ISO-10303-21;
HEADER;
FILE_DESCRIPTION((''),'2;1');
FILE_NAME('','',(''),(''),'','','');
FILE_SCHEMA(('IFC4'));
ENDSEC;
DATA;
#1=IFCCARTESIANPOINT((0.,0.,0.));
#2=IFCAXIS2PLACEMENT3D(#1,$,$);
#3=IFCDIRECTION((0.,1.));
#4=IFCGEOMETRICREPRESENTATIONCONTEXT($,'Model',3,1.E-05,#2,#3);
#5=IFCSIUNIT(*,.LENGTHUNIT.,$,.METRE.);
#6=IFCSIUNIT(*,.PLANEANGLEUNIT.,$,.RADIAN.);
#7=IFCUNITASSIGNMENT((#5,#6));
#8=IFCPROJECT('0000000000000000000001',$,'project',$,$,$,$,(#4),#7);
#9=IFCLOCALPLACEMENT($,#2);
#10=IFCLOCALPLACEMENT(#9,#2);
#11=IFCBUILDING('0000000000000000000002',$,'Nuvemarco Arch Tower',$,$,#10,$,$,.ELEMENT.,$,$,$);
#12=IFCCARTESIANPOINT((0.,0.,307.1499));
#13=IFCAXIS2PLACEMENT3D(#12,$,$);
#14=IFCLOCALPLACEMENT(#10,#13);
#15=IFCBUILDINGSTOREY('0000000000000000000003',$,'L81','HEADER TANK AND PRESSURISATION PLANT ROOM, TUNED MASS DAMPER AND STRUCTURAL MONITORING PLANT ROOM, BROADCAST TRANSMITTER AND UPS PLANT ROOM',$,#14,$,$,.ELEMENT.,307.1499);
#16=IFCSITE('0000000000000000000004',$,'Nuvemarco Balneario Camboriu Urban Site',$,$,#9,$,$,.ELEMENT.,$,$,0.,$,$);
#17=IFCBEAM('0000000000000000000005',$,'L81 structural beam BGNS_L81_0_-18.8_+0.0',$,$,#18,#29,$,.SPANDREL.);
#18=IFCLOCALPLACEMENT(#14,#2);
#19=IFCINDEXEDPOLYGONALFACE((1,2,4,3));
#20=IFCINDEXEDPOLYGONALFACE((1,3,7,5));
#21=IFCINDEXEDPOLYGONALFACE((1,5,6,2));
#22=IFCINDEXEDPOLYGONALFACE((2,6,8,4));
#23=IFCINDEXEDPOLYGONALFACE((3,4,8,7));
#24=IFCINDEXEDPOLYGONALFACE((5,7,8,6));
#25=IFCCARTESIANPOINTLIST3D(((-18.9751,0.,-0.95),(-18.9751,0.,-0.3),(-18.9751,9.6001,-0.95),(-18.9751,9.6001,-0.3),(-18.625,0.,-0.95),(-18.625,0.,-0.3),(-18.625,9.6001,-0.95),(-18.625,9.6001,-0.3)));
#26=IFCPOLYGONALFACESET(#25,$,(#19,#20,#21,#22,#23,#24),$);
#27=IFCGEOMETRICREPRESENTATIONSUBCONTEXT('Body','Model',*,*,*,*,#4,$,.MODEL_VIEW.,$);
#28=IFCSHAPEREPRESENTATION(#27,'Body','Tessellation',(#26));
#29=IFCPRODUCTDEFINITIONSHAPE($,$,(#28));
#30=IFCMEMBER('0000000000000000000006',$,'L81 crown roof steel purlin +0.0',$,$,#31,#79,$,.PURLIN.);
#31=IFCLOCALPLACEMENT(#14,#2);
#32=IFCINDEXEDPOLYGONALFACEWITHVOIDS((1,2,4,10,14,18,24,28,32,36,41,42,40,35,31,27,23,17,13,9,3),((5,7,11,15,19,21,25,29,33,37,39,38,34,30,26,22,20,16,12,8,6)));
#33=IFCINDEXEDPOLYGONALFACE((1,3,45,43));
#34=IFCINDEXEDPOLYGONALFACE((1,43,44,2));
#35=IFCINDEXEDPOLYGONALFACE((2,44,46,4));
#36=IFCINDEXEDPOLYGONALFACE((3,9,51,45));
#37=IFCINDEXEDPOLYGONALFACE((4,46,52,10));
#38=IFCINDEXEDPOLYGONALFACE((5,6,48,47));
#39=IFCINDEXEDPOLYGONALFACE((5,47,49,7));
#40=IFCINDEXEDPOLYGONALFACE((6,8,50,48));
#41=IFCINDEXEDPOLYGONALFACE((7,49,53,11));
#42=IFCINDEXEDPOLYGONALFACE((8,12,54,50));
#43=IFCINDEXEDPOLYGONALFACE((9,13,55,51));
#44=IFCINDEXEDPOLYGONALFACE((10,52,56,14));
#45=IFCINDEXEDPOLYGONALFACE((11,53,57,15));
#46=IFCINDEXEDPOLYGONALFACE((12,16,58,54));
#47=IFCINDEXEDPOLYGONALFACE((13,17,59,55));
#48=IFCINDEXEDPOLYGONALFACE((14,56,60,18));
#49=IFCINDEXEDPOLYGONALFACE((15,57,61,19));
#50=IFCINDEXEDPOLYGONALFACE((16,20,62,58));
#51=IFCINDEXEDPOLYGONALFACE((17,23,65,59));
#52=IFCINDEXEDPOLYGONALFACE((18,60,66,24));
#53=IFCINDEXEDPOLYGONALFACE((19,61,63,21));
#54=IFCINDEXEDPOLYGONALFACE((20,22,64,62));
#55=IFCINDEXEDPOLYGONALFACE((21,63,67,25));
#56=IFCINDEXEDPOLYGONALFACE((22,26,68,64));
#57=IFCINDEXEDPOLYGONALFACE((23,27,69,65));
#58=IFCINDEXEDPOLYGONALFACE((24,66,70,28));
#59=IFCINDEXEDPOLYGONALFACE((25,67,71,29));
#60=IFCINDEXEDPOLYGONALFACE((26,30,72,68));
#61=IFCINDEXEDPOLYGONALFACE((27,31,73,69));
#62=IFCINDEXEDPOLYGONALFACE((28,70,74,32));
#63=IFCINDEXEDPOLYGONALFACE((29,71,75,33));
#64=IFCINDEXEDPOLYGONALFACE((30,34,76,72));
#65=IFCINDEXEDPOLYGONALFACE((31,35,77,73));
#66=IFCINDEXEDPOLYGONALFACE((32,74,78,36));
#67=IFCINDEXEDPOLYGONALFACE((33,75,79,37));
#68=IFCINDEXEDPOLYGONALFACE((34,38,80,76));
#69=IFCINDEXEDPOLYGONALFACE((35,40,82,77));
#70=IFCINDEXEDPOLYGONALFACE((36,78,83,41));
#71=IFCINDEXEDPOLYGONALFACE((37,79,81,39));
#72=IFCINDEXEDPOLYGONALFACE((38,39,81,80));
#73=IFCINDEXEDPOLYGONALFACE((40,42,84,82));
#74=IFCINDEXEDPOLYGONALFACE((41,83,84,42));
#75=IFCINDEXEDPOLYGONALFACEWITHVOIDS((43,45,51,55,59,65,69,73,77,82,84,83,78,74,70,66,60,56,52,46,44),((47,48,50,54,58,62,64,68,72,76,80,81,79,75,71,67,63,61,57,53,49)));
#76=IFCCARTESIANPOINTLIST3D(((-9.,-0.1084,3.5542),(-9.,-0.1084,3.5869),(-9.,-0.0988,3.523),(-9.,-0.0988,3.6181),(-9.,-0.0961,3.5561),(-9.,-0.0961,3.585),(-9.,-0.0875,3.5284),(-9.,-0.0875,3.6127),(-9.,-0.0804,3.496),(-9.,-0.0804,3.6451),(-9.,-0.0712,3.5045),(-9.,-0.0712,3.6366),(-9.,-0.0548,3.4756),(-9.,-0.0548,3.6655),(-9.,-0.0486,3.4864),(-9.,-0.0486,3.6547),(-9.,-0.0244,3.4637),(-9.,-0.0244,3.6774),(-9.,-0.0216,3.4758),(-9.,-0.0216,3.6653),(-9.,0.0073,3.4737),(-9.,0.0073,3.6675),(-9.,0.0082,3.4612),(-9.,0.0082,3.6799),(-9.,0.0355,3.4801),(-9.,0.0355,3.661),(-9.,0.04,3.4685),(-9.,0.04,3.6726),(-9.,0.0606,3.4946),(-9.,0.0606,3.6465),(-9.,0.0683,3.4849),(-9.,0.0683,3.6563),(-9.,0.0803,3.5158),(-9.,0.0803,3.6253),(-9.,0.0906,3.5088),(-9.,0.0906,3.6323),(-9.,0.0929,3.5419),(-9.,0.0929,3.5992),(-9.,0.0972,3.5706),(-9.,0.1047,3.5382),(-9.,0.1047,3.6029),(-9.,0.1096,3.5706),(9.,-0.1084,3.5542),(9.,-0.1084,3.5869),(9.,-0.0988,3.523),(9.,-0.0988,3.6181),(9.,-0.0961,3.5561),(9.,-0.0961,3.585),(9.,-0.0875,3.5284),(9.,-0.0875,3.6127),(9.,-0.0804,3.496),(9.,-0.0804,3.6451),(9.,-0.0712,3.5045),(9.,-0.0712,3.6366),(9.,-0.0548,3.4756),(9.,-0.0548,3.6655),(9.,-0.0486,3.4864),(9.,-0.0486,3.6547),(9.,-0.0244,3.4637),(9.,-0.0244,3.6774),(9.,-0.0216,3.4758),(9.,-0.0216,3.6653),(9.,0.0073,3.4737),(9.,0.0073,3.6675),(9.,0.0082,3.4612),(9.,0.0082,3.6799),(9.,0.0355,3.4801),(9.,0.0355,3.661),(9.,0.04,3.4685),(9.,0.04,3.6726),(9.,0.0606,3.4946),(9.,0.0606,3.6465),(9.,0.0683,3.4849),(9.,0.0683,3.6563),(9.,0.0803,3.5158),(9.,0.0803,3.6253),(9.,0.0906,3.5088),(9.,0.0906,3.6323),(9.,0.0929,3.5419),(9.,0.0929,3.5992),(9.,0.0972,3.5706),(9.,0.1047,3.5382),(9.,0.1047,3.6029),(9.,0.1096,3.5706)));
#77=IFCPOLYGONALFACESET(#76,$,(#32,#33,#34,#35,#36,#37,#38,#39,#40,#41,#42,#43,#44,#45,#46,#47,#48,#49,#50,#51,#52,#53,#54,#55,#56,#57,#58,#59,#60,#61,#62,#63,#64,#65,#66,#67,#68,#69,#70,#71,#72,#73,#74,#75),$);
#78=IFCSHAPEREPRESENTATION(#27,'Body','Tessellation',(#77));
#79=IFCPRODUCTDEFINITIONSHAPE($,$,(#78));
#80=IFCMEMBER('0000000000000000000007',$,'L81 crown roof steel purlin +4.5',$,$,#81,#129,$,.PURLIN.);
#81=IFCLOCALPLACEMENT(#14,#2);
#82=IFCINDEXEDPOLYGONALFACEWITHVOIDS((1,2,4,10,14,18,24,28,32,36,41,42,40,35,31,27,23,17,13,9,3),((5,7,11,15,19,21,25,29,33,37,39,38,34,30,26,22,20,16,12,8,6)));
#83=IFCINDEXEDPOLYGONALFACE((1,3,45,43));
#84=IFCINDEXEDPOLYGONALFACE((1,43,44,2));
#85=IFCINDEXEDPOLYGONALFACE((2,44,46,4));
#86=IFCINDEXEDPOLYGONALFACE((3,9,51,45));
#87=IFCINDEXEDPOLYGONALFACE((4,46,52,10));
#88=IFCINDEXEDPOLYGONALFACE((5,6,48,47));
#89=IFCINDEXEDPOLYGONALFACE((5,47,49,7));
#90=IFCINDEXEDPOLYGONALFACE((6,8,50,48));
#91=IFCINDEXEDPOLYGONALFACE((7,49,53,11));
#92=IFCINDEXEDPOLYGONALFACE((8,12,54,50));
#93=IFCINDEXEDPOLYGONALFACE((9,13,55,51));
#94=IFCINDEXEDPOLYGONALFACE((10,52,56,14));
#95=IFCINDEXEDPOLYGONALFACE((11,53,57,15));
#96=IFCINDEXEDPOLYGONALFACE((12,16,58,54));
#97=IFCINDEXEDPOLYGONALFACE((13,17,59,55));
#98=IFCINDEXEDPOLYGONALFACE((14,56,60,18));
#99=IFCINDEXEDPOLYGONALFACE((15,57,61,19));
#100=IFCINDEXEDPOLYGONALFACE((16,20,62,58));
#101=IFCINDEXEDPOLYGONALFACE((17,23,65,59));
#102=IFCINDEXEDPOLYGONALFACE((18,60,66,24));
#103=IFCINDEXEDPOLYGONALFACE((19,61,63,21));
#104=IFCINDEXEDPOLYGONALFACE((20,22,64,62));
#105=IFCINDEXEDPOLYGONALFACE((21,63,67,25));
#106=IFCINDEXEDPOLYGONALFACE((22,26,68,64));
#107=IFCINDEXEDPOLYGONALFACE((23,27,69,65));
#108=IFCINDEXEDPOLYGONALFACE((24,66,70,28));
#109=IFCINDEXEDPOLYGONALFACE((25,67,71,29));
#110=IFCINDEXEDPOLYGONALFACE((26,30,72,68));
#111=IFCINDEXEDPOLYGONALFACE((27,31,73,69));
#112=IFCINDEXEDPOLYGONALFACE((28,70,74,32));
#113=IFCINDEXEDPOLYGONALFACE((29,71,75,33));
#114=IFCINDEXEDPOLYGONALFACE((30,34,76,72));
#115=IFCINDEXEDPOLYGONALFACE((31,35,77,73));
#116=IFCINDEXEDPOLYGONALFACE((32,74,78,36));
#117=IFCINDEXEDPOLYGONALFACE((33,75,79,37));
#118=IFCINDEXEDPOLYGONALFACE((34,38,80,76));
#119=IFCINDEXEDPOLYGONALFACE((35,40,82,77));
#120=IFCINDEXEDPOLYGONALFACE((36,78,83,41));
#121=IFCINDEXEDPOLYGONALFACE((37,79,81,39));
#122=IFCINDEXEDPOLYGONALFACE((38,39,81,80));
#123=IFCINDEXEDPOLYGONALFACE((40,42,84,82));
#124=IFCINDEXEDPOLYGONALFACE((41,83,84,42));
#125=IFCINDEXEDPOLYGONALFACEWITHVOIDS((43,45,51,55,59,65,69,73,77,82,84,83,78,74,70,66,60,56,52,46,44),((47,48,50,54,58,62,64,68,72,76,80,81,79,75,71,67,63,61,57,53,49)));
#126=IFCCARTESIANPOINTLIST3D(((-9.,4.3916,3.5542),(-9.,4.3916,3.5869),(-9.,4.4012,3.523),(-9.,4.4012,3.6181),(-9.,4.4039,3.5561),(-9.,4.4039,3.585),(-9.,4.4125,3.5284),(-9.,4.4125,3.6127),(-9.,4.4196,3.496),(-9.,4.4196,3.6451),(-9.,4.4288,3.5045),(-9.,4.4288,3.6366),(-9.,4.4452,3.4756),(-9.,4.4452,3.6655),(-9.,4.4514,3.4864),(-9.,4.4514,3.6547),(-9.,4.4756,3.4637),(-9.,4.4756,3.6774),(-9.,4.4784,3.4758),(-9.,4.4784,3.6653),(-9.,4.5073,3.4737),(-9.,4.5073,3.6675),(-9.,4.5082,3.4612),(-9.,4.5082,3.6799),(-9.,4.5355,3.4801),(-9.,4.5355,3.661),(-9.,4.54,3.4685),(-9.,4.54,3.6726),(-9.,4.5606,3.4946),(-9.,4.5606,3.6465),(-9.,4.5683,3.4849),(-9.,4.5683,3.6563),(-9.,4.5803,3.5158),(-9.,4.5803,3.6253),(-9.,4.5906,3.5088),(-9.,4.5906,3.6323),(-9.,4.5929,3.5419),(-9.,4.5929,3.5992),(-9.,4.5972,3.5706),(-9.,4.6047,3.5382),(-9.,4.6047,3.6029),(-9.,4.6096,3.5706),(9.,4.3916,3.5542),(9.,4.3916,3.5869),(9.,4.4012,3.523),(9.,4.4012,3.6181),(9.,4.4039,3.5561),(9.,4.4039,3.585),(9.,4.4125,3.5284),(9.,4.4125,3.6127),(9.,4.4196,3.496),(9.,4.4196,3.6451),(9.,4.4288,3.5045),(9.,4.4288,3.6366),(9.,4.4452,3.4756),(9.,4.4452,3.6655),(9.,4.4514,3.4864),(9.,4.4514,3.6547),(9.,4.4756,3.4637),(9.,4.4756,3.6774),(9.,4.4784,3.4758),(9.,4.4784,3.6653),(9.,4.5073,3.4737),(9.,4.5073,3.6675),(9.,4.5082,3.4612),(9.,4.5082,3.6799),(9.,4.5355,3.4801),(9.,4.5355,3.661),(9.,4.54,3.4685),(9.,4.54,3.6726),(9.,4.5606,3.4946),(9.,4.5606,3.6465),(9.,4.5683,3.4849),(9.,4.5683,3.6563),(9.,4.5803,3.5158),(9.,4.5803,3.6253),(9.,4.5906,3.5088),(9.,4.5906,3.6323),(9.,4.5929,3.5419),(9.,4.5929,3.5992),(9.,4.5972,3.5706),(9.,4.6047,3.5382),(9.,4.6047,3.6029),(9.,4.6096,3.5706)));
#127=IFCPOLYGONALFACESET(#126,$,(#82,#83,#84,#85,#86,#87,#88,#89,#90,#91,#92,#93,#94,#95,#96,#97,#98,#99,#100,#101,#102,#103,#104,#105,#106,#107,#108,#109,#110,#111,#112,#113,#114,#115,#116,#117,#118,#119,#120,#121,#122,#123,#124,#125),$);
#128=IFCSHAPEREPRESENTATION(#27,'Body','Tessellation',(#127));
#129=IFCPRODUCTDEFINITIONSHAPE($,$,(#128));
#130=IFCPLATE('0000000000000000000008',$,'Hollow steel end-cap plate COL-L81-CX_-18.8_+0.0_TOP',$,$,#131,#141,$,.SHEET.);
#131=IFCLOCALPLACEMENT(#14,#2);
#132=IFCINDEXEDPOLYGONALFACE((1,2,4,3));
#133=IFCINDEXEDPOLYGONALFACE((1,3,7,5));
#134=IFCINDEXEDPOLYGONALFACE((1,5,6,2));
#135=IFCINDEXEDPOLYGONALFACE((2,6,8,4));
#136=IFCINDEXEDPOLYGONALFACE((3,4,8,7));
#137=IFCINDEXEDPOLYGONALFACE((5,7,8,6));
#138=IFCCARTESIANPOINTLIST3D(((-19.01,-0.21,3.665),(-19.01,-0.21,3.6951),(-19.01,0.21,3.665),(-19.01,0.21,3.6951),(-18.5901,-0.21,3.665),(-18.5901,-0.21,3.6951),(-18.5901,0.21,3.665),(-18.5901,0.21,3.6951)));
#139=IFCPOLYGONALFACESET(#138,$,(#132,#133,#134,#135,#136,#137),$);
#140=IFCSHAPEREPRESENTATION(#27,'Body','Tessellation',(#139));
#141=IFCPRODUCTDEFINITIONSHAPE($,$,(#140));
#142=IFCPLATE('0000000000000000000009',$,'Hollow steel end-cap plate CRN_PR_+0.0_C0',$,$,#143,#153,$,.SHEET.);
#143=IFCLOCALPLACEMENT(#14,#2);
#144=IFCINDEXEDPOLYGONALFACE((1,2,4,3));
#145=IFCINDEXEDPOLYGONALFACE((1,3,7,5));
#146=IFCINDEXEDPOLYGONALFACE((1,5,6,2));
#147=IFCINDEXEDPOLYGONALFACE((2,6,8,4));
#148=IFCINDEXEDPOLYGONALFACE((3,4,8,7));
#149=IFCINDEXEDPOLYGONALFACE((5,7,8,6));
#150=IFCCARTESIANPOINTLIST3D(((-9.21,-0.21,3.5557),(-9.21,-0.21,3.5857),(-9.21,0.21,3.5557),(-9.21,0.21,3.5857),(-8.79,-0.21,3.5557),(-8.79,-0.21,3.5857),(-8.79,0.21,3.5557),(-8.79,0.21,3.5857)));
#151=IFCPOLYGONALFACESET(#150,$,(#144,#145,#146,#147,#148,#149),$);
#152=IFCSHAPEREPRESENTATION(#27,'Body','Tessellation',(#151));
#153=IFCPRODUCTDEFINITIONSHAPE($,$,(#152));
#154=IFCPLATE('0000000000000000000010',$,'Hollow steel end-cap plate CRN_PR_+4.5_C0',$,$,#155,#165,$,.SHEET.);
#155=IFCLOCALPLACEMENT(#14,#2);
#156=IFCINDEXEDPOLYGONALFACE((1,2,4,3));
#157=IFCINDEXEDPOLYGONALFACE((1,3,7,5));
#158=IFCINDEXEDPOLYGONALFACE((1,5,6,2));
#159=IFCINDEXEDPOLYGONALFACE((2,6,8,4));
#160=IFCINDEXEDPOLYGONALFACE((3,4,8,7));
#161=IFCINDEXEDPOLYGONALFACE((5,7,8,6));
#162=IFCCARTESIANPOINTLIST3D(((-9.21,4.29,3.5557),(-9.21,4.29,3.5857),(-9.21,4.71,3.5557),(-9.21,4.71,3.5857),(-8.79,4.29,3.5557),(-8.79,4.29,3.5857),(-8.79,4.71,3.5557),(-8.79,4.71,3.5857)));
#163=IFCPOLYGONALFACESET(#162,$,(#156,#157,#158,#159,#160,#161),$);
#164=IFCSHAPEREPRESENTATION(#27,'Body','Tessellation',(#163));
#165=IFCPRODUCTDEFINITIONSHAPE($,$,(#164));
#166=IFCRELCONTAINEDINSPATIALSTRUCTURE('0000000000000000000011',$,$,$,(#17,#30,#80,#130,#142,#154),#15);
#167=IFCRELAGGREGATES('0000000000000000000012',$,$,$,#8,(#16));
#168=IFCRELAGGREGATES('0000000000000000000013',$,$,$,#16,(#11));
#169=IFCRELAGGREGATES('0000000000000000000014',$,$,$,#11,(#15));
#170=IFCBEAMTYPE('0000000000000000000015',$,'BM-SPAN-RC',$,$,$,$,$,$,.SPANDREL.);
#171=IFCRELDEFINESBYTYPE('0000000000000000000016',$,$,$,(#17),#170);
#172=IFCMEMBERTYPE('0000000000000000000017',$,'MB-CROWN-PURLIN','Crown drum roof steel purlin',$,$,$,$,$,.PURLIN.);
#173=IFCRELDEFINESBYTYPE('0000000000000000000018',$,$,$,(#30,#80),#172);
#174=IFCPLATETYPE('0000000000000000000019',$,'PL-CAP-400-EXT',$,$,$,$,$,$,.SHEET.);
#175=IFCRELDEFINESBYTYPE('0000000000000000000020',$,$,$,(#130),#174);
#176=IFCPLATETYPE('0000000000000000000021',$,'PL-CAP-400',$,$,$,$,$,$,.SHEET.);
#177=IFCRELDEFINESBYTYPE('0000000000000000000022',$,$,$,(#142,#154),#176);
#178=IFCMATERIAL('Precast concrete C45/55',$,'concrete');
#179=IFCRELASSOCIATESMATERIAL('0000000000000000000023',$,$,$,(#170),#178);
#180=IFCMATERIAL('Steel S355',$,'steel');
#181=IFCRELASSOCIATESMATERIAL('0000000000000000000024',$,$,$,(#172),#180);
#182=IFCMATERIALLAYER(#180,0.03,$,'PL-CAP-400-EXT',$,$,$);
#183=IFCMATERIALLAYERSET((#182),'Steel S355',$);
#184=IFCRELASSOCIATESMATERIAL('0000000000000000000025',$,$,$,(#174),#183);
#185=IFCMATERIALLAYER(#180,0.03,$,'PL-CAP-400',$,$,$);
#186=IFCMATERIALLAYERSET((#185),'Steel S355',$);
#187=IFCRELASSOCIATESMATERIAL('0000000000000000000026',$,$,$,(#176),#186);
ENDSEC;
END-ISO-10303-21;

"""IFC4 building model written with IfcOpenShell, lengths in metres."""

from ifc_helpers import new_model, si_unit, direction, frame, origin, origin_2d, place, context, subcontext, project, spatial, rectangle, hollow_circle, extrude, source, transform, mapped, material, layer, layer_set, material_profile, profile_set, type_object, type_shapes, element, save


model = new_model("IFC4")

# Units and contexts
model_context = context("Model", 3, precision=1e-05, world=origin(), true_north=direction((0.0, 1.0)))
body_context = subcontext(model_context, "Body", "Model", "MODEL_VIEW")
ifc_project = project(units=[si_unit("LENGTHUNIT", "METRE"), si_unit("PLANEANGLEUNIT", "RADIAN")], contexts=[model_context])

# Site, building, storey
site_placement = place(None, origin())
site = spatial("IfcSite", under=ifc_project, at=site_placement, Name="Nuvemarco Balneario Camboriu Urban Site", CompositionType="ELEMENT", RefElevation=0.0)
building_placement = place(site_placement, origin())
building = spatial("IfcBuilding", under=site, at=building_placement, Name="Nuvemarco Arch Tower", CompositionType="ELEMENT")
storey_placement = place(building_placement, frame((0.0, 0.0, 307.1499)))
storey = spatial("IfcBuildingStorey", under=building, at=storey_placement, Name="L81", Description="HEADER TANK AND PRESSURISATION PLANT ROOM, TUNED MASS DAMPER AND STRUCTURAL MONITORING PLANT ROOM, BROADCAST TRANSMITTER AND UPS PLANT ROOM", CompositionType="ELEMENT", Elevation=307.1499)

# Shared definitions
ifc_material_1 = material(Name="Steel S355", Category="steel")

# Beam
ifc_material_2 = material(Name="Precast concrete C45/55", Category="concrete")
ifc_material_profile_1 = material_profile(ifc_material_2, rectangle(XDim=0.3501, YDim=0.6499, at=origin_2d()), Name="PC-SP-350x650")
ifc_profile_set_1 = profile_set([ifc_material_profile_1], Name="Precast concrete C45/55")
beam_type_1 = type_object("IfcBeamType", Name="BM-SPAN-RC", PredefinedType="SPANDREL", material=ifc_profile_set_1)
beam_1_placement = place(storey_placement, frame((-18.8, 0.0, -0.625), z_axis=(0.0, 1.0, 0.0), x_axis=(-1.0, 0.0, 0.0)))
element("IfcBeam", 1, at=beam_1_placement, inside=storey, type_object=beam_type_1, Name="L81 structural beam BGNS_L81_0_-18.8_+0.0", PredefinedType="SPANDREL", context=body_context, shape_type="SweptSolid", body=[
    extrude(rectangle(XDim=0.3501, YDim=0.6499, at=origin_2d()), origin(), (0.0, 0.0, 1.0), 9.6001),
])

# Members
ifc_material_profile_2 = material_profile(ifc_material_1, hollow_circle(Radius=0.1096, WallThickness=0.0125, at=origin_2d()), Name="CHS219.1x12.5")
ifc_profile_set_2 = profile_set([ifc_material_profile_2], Name="Steel S355")
member_type = type_object("IfcMemberType", Name="MB-CROWN-PURLIN", Description="Crown drum roof steel purlin", PredefinedType="PURLIN", material=ifc_profile_set_2)
for number, where, z_axis, x_axis, name in (
    (2, (-9.0, 0.0, 3.5706), (1.0, 0.0, 0.0), (0.0, 1.0, 0.0), "L81 crown roof steel purlin +0.0"),
    (3, (-9.0, 4.5, 3.5706), (1.0, 0.0, 0.0), (0.0, 1.0, 0.0), "L81 crown roof steel purlin +4.5"),
):
    element("IfcMember", number, at=place(storey_placement, frame(where, z_axis=z_axis, x_axis=x_axis)), inside=storey, type_object=member_type, Name=name, PredefinedType="PURLIN", context=body_context, shape_type="SweptSolid", body=[
        extrude(hollow_circle(Radius=0.1096, WallThickness=0.0125, at=origin_2d()), origin(), (0.0, 0.0, 1.0), 18.0),
    ])

# Plates
ifc_layer_1 = layer(ifc_material_1, 0.03, Name="PL-CAP-400-EXT")
ifc_layer_set_1 = layer_set([ifc_layer_1], Name="Steel S355")
plate_type_1 = type_object("IfcPlateType", Name="PL-CAP-400-EXT", PredefinedType="SHEET", material=ifc_layer_set_1)
shared_shape_1 = source(origin(), body_context, "Body", "SweptSolid", [
    extrude(rectangle(XDim=0.4199, YDim=0.4199, at=origin_2d()), origin(), (0.0, 0.0, 1.0), 0.03),
])
type_shapes(plate_type_1, [shared_shape_1])
plate_placement = place(storey_placement, frame((-18.8, 0.0, 3.665), z_axis=(0.0, 0.0, 1.0), x_axis=(1.0, 0.0, 0.0)))
element("IfcPlate", 4, at=plate_placement, inside=storey, type_object=plate_type_1, Name="Hollow steel end-cap plate COL-L81-CX_-18.8_+0.0_TOP", PredefinedType="SHEET", context=body_context, shape_type="MappedRepresentation", body=[
    mapped(shared_shape_1, transform((0.0, 0.0, 0.0), scale=1.0)),
])
ifc_layer_2 = layer(ifc_material_1, 0.03, Name="PL-CAP-400")
ifc_layer_set_2 = layer_set([ifc_layer_2], Name="Steel S355")
plate_type_2 = type_object("IfcPlateType", Name="PL-CAP-400", PredefinedType="SHEET", material=ifc_layer_set_2)
shared_shape_2 = source(origin(), body_context, "Body", "SweptSolid", [
    extrude(rectangle(XDim=0.4199, YDim=0.4199, at=origin_2d()), origin(), (0.0, 0.0, 1.0), 0.03),
])
type_shapes(plate_type_2, [shared_shape_2])
for number, where, z_axis, x_axis, name in (
    (5, (-9.0, 0.0, 3.5557), (0.0, 0.0, 1.0), (1.0, 0.0, 0.0), "Hollow steel end-cap plate CRN_PR_+0.0_C0"),
    (6, (-9.0, 4.5, 3.5557), (0.0, 0.0, 1.0), (1.0, 0.0, 0.0), "Hollow steel end-cap plate CRN_PR_+4.5_C0"),
):
    element("IfcPlate", number, at=place(storey_placement, frame(where, z_axis=z_axis, x_axis=x_axis)), inside=storey, type_object=plate_type_2, Name=name, PredefinedType="SHEET", context=body_context, shape_type="MappedRepresentation", body=[
        mapped(shared_shape_2, transform((0.0, 0.0, 0.0), scale=1.0)),
    ])

save(model, "model.ifc")
